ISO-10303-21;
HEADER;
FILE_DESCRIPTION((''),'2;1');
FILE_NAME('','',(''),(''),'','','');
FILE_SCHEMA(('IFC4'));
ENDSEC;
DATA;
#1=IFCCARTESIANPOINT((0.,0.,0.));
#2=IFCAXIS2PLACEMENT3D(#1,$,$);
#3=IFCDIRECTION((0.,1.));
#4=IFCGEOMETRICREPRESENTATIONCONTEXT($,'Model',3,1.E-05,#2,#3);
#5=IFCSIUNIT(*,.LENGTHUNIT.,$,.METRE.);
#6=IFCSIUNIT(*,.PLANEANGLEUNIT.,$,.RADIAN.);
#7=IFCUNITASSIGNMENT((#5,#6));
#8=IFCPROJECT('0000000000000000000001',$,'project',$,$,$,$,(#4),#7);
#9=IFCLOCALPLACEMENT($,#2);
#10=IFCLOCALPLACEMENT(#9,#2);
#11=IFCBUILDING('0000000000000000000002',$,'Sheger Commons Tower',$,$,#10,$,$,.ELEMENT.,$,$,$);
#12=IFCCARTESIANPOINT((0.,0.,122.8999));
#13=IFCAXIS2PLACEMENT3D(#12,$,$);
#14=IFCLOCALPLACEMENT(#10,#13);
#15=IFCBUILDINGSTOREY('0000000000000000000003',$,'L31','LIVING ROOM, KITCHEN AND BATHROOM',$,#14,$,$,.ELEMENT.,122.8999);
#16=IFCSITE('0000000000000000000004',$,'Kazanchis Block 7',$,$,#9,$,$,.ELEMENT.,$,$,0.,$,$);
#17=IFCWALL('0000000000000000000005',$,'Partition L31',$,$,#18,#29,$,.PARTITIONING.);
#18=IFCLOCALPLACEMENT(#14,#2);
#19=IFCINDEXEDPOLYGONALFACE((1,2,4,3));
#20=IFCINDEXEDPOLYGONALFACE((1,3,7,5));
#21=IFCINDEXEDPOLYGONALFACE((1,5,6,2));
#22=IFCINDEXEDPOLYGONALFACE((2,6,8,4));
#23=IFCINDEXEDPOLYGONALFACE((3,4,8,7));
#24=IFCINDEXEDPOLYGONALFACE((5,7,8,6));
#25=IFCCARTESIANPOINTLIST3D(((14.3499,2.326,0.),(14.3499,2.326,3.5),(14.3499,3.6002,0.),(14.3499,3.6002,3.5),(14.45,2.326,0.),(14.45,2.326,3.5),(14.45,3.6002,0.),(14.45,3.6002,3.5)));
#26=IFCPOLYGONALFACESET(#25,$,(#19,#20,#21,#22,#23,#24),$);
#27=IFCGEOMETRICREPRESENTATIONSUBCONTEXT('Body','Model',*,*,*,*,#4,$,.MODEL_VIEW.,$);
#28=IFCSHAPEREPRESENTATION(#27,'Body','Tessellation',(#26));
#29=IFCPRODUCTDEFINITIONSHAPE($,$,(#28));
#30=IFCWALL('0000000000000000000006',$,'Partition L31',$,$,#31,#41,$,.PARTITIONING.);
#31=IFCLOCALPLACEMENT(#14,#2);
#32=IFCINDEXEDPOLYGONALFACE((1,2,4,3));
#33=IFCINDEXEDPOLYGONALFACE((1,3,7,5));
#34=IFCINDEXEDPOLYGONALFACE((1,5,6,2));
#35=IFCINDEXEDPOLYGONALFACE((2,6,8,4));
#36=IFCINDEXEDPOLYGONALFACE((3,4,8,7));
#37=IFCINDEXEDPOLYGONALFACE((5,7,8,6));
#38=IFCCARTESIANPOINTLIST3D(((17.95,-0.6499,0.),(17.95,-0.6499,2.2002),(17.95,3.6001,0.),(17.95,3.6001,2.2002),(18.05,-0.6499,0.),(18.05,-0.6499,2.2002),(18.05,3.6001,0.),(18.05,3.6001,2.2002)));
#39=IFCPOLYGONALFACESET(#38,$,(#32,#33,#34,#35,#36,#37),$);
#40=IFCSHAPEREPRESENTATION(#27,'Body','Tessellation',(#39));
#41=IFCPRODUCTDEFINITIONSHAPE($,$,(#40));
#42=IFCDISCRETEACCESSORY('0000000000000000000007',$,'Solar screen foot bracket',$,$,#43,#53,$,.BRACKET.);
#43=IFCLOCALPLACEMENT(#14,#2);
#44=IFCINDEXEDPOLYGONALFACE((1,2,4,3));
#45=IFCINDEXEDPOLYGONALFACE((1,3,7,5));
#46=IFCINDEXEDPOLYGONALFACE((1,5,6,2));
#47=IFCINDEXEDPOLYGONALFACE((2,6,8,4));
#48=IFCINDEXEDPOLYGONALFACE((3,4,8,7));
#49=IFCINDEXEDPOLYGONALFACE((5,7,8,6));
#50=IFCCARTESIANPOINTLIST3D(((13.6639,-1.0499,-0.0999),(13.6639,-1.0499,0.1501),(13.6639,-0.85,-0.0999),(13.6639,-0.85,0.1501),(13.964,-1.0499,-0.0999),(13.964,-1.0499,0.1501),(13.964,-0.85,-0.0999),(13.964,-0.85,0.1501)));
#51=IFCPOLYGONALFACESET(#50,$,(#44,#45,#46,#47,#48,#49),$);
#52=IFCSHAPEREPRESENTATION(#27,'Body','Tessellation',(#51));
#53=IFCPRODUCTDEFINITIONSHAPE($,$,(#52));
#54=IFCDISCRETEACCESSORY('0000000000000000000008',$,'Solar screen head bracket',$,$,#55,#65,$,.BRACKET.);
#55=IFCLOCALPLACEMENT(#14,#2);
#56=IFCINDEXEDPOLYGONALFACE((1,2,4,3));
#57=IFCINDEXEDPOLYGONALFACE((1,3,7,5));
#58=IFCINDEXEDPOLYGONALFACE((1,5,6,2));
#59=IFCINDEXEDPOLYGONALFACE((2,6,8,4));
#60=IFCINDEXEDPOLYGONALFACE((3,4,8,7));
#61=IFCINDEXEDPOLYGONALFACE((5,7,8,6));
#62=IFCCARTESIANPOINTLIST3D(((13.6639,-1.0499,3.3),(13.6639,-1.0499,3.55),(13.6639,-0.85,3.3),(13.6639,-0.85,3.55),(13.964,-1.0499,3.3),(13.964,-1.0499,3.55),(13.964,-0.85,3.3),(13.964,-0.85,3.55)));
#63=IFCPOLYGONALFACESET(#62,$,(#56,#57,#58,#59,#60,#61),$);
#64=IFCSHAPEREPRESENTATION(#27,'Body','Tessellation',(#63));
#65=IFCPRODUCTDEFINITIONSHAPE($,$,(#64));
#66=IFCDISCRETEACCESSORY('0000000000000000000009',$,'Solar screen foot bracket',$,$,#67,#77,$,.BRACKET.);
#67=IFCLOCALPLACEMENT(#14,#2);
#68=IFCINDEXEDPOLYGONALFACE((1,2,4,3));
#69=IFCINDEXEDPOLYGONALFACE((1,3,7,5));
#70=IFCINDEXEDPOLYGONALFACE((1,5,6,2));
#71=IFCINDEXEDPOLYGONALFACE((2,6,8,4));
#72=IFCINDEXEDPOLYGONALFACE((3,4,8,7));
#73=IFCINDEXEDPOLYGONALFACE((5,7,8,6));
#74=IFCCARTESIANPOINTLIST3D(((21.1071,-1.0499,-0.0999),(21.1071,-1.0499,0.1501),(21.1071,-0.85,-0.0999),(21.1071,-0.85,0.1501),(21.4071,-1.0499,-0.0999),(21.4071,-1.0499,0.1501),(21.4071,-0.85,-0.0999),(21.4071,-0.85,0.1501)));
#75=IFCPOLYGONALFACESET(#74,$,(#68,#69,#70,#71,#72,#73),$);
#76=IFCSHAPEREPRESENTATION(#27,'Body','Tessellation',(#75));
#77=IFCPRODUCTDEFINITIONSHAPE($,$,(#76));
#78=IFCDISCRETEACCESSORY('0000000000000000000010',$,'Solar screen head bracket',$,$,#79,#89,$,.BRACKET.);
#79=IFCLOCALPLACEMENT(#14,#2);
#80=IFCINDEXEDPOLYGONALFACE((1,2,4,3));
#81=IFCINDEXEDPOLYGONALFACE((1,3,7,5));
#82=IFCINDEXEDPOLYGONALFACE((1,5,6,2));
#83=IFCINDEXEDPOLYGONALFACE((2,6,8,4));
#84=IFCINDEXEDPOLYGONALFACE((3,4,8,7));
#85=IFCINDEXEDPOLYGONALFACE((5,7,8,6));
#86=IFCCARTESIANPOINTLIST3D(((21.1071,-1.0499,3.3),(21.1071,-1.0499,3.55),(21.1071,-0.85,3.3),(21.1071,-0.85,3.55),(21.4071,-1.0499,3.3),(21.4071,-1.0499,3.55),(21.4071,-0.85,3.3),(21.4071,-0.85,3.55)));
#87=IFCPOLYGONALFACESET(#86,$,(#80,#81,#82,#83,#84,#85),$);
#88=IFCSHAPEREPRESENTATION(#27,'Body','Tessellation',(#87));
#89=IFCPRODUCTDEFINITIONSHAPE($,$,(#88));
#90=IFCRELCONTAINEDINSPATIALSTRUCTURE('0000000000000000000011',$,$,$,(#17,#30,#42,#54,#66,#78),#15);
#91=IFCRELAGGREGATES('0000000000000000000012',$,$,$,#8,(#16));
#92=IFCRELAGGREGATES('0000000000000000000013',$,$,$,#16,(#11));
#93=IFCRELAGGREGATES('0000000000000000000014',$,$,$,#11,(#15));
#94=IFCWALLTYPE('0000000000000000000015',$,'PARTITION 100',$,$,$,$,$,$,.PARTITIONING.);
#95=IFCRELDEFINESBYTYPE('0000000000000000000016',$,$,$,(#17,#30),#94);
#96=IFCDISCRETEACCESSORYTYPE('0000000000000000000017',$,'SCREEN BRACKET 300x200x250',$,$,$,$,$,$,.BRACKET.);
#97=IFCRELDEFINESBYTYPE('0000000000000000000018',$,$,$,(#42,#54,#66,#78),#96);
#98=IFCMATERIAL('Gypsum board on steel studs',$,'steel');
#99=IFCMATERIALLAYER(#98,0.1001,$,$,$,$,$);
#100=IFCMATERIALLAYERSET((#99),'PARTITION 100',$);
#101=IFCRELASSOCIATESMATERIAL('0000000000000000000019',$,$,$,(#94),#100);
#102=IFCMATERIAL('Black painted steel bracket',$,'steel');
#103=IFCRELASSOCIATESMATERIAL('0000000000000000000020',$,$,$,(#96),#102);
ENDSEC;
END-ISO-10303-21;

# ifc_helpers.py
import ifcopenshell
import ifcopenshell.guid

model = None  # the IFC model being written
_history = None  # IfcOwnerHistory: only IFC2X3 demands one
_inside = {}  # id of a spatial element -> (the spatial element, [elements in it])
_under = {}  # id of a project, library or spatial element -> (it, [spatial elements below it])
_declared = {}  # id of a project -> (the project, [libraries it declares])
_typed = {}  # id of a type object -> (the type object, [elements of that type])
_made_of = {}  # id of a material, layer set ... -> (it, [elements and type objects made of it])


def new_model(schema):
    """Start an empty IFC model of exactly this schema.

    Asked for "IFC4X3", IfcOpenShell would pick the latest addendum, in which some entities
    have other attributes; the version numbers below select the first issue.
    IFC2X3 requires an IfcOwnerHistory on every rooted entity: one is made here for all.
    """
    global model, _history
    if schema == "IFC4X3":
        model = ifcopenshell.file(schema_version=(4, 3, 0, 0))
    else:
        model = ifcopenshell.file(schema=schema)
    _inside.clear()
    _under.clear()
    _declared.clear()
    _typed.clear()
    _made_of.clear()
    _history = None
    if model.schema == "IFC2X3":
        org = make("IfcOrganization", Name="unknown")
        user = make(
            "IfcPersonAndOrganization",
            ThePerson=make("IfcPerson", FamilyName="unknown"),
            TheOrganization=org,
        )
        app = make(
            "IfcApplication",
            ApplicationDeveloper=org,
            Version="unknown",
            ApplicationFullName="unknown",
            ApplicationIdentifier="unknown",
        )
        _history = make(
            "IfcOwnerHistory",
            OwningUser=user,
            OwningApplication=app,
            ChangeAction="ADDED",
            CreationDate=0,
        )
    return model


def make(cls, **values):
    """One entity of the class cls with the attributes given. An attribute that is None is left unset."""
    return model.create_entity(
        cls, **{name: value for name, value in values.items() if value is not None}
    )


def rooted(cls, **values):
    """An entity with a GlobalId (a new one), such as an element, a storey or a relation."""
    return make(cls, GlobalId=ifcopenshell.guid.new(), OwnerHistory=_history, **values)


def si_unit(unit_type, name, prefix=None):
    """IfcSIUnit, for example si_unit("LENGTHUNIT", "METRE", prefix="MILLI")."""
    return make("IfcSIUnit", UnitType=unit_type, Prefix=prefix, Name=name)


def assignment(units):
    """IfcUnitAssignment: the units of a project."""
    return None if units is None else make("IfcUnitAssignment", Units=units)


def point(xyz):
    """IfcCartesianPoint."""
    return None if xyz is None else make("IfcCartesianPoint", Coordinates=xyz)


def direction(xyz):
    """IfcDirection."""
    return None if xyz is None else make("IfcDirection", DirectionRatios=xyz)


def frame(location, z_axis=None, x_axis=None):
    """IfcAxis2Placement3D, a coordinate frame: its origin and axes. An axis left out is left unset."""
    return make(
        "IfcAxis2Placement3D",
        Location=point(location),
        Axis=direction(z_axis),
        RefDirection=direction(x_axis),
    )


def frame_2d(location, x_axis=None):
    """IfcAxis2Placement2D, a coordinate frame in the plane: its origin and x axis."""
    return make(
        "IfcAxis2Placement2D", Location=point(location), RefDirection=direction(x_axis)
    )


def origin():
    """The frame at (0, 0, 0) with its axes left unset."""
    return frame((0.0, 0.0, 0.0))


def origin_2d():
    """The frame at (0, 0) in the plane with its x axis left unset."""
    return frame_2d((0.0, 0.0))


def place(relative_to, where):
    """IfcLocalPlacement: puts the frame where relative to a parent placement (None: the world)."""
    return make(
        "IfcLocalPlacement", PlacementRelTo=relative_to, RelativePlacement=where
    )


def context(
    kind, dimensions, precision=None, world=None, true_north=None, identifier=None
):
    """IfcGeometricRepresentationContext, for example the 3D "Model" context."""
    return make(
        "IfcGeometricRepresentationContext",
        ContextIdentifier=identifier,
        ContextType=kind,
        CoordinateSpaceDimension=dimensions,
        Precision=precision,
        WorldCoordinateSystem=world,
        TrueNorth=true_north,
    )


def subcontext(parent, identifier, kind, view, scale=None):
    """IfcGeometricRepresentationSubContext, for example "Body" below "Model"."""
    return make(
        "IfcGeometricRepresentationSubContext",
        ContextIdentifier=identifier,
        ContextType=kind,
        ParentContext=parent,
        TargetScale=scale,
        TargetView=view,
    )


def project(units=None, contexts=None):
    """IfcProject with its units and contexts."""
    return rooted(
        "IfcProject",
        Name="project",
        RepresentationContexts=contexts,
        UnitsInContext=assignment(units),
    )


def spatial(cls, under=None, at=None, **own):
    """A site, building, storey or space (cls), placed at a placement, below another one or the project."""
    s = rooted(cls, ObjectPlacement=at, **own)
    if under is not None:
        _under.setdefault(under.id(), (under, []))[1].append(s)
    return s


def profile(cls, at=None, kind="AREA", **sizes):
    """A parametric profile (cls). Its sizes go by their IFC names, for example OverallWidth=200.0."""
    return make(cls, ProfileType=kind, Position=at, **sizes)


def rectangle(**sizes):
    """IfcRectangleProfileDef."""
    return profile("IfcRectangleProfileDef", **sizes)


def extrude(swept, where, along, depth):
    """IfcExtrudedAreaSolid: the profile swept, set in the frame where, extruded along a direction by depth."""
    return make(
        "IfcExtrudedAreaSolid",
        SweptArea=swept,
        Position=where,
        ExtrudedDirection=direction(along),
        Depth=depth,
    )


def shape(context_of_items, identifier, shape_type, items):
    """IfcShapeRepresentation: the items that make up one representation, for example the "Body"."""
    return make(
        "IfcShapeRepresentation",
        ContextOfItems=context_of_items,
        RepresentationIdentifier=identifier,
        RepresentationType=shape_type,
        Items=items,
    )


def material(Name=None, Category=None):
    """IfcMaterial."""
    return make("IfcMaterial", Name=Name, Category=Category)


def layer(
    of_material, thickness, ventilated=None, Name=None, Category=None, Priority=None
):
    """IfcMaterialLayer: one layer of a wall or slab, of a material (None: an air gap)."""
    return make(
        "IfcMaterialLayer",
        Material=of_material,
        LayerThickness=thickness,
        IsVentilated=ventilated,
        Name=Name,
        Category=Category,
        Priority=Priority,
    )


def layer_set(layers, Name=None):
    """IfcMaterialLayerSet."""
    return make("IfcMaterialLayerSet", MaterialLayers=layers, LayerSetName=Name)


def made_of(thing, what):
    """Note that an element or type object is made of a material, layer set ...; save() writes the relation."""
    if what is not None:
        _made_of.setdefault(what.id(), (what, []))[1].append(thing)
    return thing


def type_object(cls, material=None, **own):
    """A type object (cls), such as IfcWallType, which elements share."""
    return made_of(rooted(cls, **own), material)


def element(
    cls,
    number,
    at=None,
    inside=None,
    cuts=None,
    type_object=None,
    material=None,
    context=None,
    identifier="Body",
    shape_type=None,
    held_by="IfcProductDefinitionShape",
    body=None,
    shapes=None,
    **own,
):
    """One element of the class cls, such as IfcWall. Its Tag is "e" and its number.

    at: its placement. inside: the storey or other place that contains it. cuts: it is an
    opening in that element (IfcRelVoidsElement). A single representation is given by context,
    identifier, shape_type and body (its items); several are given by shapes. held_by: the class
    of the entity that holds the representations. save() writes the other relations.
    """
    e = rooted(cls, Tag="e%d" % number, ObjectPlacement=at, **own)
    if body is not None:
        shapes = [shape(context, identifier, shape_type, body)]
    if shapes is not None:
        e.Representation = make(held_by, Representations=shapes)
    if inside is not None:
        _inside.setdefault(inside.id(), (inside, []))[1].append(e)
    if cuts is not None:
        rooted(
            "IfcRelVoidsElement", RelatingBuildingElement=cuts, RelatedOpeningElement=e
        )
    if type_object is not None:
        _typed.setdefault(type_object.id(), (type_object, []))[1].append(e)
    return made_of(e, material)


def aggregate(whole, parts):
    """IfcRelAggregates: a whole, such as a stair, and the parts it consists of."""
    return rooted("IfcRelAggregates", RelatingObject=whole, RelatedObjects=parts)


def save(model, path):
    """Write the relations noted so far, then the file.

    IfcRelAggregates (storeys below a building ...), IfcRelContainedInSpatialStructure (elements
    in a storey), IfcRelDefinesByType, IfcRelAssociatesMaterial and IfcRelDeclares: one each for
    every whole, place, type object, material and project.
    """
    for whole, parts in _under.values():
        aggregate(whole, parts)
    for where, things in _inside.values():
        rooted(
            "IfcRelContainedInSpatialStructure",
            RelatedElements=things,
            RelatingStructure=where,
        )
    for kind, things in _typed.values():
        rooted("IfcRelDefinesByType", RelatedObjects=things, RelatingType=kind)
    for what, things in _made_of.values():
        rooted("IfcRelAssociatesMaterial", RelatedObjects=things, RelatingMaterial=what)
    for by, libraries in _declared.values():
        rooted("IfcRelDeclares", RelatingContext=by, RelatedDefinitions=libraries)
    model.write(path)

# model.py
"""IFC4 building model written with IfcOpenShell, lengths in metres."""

from ifc_helpers import new_model, si_unit, direction, frame, frame_2d, origin, origin_2d, place, context, subcontext, project, spatial, rectangle, extrude, material, layer, layer_set, type_object, element, save


model = new_model("IFC4")

# Units and contexts
model_context = context("Model", 3, precision=1e-05, world=origin(), true_north=direction((0.0, 1.0)))
body_context = subcontext(model_context, "Body", "Model", "MODEL_VIEW")
ifc_project = project(units=[si_unit("LENGTHUNIT", "METRE"), si_unit("PLANEANGLEUNIT", "RADIAN")], contexts=[model_context])

# Site, building, storey
site_placement = place(None, origin())
site = spatial("IfcSite", under=ifc_project, at=site_placement, Name="Kazanchis Block 7", CompositionType="ELEMENT", RefElevation=0.0)
building_placement = place(site_placement, origin())
building = spatial("IfcBuilding", under=site, at=building_placement, Name="Sheger Commons Tower", CompositionType="ELEMENT")
storey_placement = place(building_placement, frame((0.0, 0.0, 122.8999)))
storey = spatial("IfcBuildingStorey", under=building, at=storey_placement, Name="L31", Description="LIVING ROOM, KITCHEN AND BATHROOM", CompositionType="ELEMENT", Elevation=122.8999)

# Walls
ifc_material_1 = material(Name="Gypsum board on steel studs", Category="steel")
ifc_layer_1 = layer(ifc_material_1, 0.1001)
ifc_layer_set_1 = layer_set([ifc_layer_1], Name="PARTITION 100")
wall_type_1 = type_object("IfcWallType", Name="PARTITION 100", PredefinedType="PARTITIONING", material=ifc_layer_set_1)
wall_1_placement = place(storey_placement, frame((14.3999, 2.3259, 0.0), z_axis=(0.0, 0.0, 1.0), x_axis=(0.0, 1.0, 0.0)))
element("IfcWall", 1, at=wall_1_placement, inside=storey, type_object=wall_type_1, Name="Partition L31", PredefinedType="PARTITIONING", context=body_context, shape_type="SweptSolid", body=[
    extrude(rectangle(XDim=1.2742, YDim=0.1001, at=frame_2d((0.6372, 0.0))), origin(), (0.0, 0.0, 1.0), 3.5),
])
wall_2_placement = place(storey_placement, frame((18.0, -0.6499, 0.0), z_axis=(0.0, 0.0, 1.0), x_axis=(0.0, 1.0, 0.0)))
element("IfcWall", 2, at=wall_2_placement, inside=storey, type_object=wall_type_1, Name="Partition L31", PredefinedType="PARTITIONING", context=body_context, shape_type="SweptSolid", body=[
    extrude(rectangle(XDim=4.25, YDim=0.1001, at=frame_2d((2.125, 0.0))), origin(), (0.0, 0.0, 1.0), 2.2002),
])

# Discrete accessories
ifc_material_2 = material(Name="Black painted steel bracket", Category="steel")
discrete_accessory_type = type_object("IfcDiscreteAccessoryType", Name="SCREEN BRACKET 300x200x250", PredefinedType="BRACKET", material=ifc_material_2)
for number, where, z_axis, x_axis, name in (
    (3, (13.814, -0.95, -0.0999), (0.0, 0.0, 1.0), (1.0, 0.0, 0.0), "Solar screen foot bracket"),
    (4, (13.814, -0.95, 3.3), (0.0, 0.0, 1.0), (1.0, 0.0, 0.0), "Solar screen head bracket"),
    (5, (21.2571, -0.95, -0.0999), (0.0, 0.0, 1.0), (1.0, 0.0, 0.0), "Solar screen foot bracket"),
    (6, (21.2571, -0.95, 3.3), (0.0, 0.0, 1.0), (1.0, 0.0, 0.0), "Solar screen head bracket"),
):
    element("IfcDiscreteAccessory", number, at=place(storey_placement, frame(where, z_axis=z_axis, x_axis=x_axis)), inside=storey, type_object=discrete_accessory_type, Name=name, PredefinedType="BRACKET", context=body_context, shape_type="SweptSolid", body=[
        extrude(rectangle(XDim=0.3, YDim=0.2, at=origin_2d()), origin(), (0.0, 0.0, 1.0), 0.25),
    ])

save(model, "model.ifc")
